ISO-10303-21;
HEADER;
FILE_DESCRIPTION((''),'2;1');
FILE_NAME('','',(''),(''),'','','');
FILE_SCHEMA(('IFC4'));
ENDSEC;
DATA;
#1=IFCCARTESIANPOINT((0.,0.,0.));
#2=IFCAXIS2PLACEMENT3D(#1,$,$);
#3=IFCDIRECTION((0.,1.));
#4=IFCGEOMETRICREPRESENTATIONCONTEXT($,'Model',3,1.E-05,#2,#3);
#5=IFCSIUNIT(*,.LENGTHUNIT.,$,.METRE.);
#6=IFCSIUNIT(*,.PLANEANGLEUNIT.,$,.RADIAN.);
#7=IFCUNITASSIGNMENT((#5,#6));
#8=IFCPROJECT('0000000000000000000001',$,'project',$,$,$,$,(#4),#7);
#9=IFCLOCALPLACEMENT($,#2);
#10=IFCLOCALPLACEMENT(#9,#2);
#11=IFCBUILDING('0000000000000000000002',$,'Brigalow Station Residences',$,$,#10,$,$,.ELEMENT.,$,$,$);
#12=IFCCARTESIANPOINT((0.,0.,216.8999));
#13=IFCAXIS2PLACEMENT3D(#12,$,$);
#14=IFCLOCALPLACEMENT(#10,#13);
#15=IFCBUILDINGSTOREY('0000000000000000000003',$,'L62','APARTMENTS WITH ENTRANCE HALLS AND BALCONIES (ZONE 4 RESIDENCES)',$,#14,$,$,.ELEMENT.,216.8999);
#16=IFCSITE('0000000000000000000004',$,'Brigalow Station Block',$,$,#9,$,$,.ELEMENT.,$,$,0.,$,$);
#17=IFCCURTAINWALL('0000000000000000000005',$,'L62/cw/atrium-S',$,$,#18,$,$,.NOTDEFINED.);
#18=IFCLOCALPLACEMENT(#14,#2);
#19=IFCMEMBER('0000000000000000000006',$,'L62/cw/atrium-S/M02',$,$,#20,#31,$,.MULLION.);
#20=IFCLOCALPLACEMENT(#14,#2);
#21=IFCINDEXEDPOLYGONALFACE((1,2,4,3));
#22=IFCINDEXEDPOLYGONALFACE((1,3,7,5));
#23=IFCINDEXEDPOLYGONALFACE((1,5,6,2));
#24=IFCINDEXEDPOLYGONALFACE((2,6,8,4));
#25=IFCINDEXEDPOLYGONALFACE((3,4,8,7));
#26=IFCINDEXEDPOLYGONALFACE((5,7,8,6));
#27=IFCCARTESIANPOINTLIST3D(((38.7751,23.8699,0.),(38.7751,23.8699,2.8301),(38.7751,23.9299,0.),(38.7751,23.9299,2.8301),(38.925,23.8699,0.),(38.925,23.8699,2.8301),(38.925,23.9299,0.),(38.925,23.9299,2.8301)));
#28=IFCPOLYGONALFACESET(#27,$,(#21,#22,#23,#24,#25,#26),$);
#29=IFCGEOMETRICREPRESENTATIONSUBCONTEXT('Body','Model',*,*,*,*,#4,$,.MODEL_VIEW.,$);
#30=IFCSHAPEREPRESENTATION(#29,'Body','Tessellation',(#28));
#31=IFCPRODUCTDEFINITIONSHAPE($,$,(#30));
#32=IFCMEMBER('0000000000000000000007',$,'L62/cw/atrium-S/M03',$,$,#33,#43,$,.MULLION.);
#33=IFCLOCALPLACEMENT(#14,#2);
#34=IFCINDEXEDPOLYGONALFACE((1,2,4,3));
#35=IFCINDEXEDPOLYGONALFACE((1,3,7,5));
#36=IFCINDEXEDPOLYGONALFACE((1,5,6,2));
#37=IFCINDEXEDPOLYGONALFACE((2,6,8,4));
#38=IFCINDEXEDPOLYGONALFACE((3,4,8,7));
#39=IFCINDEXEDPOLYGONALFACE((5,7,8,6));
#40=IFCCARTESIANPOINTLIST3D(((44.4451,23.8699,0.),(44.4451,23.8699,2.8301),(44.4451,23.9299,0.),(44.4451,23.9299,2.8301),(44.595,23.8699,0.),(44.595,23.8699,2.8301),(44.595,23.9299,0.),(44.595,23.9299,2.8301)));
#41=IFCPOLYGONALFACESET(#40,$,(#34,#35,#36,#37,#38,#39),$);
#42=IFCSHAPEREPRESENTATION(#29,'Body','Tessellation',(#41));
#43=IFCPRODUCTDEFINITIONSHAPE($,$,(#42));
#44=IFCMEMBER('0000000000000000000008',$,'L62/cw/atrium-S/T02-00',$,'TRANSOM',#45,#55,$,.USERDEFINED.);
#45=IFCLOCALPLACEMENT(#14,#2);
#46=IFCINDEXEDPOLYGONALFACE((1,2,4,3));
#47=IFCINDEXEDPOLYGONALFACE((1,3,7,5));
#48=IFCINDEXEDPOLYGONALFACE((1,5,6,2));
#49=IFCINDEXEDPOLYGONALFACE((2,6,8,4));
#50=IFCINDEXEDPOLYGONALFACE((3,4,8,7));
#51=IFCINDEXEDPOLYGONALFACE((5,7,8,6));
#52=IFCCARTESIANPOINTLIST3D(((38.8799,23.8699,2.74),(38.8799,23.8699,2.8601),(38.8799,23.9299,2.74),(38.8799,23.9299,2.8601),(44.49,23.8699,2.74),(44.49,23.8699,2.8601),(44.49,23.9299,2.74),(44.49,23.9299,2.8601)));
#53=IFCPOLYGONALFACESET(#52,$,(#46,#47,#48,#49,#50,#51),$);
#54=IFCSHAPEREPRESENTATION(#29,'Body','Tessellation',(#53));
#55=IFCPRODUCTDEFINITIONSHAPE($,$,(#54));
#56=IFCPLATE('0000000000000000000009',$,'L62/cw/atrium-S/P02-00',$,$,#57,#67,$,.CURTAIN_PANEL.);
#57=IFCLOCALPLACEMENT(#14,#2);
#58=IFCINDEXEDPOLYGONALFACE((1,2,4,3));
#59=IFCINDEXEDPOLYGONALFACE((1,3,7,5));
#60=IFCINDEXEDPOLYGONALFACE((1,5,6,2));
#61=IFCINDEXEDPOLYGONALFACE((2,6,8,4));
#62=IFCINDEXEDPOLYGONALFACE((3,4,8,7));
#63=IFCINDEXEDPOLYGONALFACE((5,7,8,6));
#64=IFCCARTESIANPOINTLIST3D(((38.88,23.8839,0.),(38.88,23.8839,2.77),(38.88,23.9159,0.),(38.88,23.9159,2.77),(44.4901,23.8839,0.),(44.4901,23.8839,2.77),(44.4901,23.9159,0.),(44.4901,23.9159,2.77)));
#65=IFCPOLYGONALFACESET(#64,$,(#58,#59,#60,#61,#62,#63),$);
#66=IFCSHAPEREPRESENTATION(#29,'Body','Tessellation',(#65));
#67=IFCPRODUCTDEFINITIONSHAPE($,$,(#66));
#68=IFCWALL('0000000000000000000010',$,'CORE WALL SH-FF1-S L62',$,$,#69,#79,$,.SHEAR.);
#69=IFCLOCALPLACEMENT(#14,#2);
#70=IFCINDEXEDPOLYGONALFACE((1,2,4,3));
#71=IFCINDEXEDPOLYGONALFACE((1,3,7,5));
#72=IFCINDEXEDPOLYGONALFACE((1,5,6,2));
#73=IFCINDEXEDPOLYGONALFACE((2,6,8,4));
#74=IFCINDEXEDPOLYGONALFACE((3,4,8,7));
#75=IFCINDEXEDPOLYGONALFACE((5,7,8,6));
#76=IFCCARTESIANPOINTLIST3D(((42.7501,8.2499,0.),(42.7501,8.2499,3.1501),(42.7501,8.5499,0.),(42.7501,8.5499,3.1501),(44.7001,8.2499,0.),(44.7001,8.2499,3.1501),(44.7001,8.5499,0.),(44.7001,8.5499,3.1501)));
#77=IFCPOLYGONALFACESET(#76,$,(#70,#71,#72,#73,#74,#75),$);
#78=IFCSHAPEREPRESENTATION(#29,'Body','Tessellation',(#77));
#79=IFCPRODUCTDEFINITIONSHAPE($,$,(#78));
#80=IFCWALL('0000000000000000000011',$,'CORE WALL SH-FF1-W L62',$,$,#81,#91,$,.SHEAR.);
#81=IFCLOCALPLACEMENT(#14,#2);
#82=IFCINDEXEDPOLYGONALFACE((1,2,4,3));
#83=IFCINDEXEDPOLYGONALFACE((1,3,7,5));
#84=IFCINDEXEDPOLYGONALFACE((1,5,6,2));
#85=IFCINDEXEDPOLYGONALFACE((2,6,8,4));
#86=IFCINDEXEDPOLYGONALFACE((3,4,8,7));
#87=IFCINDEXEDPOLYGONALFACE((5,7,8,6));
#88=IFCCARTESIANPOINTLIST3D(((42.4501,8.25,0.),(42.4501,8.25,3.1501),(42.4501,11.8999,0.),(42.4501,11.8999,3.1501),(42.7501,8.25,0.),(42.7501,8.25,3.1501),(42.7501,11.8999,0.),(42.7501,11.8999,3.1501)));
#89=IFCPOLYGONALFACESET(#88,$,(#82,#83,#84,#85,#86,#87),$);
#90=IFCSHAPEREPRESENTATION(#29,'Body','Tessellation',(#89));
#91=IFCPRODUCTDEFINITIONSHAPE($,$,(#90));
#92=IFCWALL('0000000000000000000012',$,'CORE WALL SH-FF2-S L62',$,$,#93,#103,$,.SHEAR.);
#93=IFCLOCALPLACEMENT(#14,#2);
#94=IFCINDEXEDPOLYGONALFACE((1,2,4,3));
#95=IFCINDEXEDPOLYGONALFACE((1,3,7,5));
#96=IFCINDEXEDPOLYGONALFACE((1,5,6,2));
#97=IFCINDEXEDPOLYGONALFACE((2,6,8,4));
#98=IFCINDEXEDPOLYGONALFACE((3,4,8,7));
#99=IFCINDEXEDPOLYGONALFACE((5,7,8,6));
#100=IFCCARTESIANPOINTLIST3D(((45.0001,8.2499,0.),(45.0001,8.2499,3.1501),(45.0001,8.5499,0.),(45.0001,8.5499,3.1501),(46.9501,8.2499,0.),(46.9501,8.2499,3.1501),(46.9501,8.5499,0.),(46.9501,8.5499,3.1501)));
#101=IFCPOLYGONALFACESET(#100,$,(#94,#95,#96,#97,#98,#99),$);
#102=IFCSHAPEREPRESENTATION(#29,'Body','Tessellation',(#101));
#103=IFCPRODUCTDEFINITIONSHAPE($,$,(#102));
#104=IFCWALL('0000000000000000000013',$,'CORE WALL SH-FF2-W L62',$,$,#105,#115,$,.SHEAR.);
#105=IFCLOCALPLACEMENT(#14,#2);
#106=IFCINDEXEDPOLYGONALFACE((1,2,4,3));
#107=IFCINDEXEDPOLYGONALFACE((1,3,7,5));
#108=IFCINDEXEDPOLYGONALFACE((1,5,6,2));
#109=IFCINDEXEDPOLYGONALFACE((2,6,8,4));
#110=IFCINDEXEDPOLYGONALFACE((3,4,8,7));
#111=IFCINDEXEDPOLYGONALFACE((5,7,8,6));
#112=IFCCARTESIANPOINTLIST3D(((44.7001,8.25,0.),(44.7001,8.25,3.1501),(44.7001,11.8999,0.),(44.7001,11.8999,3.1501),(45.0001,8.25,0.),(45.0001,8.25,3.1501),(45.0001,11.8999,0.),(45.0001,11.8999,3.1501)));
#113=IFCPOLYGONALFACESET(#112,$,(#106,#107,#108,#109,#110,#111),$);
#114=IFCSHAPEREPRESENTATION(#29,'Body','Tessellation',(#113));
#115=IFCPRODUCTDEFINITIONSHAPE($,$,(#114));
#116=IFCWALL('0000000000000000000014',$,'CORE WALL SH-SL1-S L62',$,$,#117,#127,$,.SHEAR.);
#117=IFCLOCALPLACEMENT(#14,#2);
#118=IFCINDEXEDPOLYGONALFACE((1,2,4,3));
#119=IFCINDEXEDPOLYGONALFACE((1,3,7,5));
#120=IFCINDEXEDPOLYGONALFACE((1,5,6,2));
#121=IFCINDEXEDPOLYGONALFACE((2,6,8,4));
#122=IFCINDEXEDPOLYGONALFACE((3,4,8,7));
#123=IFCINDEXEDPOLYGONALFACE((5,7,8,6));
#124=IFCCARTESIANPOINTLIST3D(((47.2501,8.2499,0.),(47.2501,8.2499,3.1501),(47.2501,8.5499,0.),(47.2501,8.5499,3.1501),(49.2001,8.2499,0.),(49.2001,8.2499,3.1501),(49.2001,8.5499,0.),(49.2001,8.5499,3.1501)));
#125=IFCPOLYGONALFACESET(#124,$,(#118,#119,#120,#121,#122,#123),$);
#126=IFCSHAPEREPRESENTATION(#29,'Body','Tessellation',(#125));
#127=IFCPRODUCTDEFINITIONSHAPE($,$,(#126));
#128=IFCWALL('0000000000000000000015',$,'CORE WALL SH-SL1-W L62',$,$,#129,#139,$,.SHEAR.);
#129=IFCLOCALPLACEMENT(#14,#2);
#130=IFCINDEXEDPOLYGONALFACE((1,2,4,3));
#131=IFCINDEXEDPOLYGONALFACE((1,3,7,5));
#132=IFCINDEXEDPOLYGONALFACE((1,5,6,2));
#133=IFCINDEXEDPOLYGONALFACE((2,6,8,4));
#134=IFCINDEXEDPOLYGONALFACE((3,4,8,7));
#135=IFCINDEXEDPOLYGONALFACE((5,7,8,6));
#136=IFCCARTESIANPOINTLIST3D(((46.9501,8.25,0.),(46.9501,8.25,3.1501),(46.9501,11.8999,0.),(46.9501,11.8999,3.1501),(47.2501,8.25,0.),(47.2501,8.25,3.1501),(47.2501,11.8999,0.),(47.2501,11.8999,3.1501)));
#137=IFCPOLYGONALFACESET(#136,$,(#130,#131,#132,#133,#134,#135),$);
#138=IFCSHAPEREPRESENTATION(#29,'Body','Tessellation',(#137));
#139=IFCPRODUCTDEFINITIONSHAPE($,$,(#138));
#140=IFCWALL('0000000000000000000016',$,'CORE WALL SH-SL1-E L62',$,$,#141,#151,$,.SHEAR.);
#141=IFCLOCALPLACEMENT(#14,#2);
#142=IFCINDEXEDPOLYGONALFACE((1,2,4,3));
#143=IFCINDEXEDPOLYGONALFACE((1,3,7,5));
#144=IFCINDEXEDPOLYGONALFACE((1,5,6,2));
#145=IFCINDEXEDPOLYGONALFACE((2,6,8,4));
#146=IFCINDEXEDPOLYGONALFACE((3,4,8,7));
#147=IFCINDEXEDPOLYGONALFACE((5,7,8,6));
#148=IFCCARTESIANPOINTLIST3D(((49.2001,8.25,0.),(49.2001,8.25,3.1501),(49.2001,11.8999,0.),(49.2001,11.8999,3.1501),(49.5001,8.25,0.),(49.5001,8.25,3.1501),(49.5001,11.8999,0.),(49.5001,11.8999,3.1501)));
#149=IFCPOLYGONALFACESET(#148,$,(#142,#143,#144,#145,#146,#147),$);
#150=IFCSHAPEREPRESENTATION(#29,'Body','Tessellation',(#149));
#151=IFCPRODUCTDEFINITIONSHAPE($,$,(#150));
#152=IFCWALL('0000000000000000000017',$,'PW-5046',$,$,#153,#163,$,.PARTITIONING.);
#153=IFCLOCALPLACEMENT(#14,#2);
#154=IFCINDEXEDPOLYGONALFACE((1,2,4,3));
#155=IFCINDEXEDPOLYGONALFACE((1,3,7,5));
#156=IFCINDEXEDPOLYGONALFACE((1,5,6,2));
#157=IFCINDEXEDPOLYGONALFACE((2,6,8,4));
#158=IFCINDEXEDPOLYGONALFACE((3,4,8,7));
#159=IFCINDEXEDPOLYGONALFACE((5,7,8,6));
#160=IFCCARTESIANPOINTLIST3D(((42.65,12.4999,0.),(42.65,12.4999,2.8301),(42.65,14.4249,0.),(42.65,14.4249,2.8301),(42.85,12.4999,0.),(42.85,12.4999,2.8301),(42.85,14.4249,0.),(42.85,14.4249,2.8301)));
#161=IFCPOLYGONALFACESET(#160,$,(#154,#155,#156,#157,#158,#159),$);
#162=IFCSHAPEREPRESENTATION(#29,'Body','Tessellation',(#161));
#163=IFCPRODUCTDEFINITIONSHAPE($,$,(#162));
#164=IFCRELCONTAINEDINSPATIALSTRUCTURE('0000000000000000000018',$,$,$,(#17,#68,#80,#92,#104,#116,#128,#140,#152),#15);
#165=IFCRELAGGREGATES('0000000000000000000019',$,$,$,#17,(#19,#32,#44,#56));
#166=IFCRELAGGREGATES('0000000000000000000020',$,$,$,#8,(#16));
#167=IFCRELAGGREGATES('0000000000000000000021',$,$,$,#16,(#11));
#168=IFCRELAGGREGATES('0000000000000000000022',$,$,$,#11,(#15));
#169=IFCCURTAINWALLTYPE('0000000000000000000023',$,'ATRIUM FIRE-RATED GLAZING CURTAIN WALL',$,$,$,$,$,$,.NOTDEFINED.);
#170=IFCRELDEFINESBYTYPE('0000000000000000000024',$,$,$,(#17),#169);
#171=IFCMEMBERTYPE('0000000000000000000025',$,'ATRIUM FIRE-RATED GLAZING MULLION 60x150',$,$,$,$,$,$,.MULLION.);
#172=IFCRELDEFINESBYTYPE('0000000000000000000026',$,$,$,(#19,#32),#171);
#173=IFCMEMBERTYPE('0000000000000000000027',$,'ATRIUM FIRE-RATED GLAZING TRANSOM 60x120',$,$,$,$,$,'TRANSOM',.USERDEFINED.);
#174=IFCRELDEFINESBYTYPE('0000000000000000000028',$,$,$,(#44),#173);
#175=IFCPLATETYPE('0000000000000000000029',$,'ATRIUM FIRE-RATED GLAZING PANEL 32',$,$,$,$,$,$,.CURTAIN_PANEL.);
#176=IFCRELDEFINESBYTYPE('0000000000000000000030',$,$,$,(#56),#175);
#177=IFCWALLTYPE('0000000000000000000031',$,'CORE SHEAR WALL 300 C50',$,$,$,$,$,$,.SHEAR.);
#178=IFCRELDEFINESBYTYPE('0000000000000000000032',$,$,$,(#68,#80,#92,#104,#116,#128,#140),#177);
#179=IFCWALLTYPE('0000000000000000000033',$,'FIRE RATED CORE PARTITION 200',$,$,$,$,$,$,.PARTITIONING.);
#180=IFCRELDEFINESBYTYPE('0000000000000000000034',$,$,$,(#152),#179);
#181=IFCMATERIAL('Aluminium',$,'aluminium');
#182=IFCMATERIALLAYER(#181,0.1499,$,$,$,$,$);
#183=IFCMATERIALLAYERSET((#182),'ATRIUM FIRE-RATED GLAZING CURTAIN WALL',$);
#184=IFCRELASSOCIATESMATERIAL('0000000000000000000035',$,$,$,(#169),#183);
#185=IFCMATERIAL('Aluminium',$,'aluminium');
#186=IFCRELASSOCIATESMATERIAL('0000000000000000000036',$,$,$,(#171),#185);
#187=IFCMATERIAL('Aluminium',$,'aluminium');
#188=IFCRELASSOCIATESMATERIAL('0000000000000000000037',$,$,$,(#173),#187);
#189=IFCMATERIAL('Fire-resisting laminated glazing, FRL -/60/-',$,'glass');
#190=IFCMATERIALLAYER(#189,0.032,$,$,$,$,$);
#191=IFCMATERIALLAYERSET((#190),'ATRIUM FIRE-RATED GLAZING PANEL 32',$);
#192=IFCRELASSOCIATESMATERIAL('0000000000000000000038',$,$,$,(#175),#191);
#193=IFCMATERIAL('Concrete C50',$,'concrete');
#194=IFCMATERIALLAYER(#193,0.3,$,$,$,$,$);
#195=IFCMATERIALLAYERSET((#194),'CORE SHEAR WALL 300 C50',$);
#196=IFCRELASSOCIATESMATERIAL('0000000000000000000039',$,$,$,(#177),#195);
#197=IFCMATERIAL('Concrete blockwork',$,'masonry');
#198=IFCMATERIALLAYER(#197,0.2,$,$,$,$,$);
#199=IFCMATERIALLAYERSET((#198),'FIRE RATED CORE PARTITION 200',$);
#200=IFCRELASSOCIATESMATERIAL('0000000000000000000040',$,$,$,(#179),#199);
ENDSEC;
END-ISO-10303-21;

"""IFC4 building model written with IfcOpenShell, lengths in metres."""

from ifc_helpers import new_model, si_unit, direction, frame, frame_2d, origin, origin_2d, place, context, subcontext, project, spatial, rectangle, extrude, material, layer, layer_set, material_profile, profile_set, type_object, element, aggregate, save


model = new_model("IFC4")

# Units and contexts
model_context = context("Model", 3, precision=1e-05, world=origin(), true_north=direction((0.0, 1.0)))
body_context = subcontext(model_context, "Body", "Model", "MODEL_VIEW")
ifc_project = project(units=[si_unit("LENGTHUNIT", "METRE"), si_unit("PLANEANGLEUNIT", "RADIAN")], contexts=[model_context])

# Site, building, storey
site_placement = place(None, origin())
site = spatial("IfcSite", under=ifc_project, at=site_placement, Name="Brigalow Station Block", CompositionType="ELEMENT", RefElevation=0.0)
building_placement = place(site_placement, origin())
building = spatial("IfcBuilding", under=site, at=building_placement, Name="Brigalow Station Residences", CompositionType="ELEMENT")
storey_placement = place(building_placement, frame((0.0, 0.0, 216.8999)))
storey = spatial("IfcBuildingStorey", under=building, at=storey_placement, Name="L62", Description="APARTMENTS WITH ENTRANCE HALLS AND BALCONIES (ZONE 4 RESIDENCES)", CompositionType="ELEMENT", Elevation=216.8999)

# Curtain wall, members, plate
ifc_material_1 = material(Name="Aluminium", Category="aluminium")
ifc_layer_1 = layer(ifc_material_1, 0.1499)
ifc_layer_set_1 = layer_set([ifc_layer_1], Name="ATRIUM FIRE-RATED GLAZING CURTAIN WALL")
curtain_wall_type = type_object("IfcCurtainWallType", Name="ATRIUM FIRE-RATED GLAZING CURTAIN WALL", PredefinedType="NOTDEFINED", material=ifc_layer_set_1)
curtain_wall_placement = place(storey_placement, origin())
curtain_wall = element("IfcCurtainWall", 1, at=curtain_wall_placement, inside=storey, type_object=curtain_wall_type, Name="L62/cw/atrium-S", PredefinedType="NOTDEFINED")
ifc_material_2 = material(Name="Aluminium", Category="aluminium")
ifc_material_profile_1 = material_profile(ifc_material_2, rectangle(XDim=0.0601, YDim=0.1499, at=origin_2d()), Name="ATRIUM FIRE-RATED GLAZING MULLION 60x150")
ifc_profile_set_1 = profile_set([ifc_material_profile_1], Name="Aluminium")
member_type_1 = type_object("IfcMemberType", Name="ATRIUM FIRE-RATED GLAZING MULLION 60x150", PredefinedType="MULLION", material=ifc_profile_set_1)
member_1_placement = place(storey_placement, frame((38.8501, 23.8999, 0.0), z_axis=(0.0, 0.0, 1.0), x_axis=(0.0, 1.0, 0.0)))
member_1 = element("IfcMember", 2, at=member_1_placement, type_object=member_type_1, Name="L62/cw/atrium-S/M02", PredefinedType="MULLION", context=body_context, shape_type="SweptSolid", body=[
    extrude(rectangle(XDim=0.0601, YDim=0.1499, at=origin_2d()), origin(), (0.0, 0.0, 1.0), 2.8301),
])
member_2_placement = place(storey_placement, frame((44.52, 23.8999, 0.0), z_axis=(0.0, 0.0, 1.0), x_axis=(0.0, 1.0, 0.0)))
member_2 = element("IfcMember", 3, at=member_2_placement, type_object=member_type_1, Name="L62/cw/atrium-S/M03", PredefinedType="MULLION", context=body_context, shape_type="SweptSolid", body=[
    extrude(rectangle(XDim=0.0601, YDim=0.1499, at=origin_2d()), origin(), (0.0, 0.0, 1.0), 2.8301),
])
ifc_material_3 = material(Name="Aluminium", Category="aluminium")
ifc_material_profile_2 = material_profile(ifc_material_3, rectangle(XDim=0.0601, YDim=0.1201, at=origin_2d()), Name="ATRIUM FIRE-RATED GLAZING TRANSOM 60x120")
ifc_profile_set_2 = profile_set([ifc_material_profile_2], Name="Aluminium")
member_type_2 = type_object("IfcMemberType", Name="ATRIUM FIRE-RATED GLAZING TRANSOM 60x120", ElementType="TRANSOM", PredefinedType="USERDEFINED", material=ifc_profile_set_2)
member_3_placement = place(storey_placement, frame((38.8799, 23.8999, 2.8), z_axis=(1.0, 0.0, 0.0), x_axis=(0.0, 1.0, 0.0)))
member_3 = element("IfcMember", 4, at=member_3_placement, type_object=member_type_2, Name="L62/cw/atrium-S/T02-00", ObjectType="TRANSOM", PredefinedType="USERDEFINED", context=body_context, shape_type="SweptSolid", body=[
    extrude(rectangle(XDim=0.0601, YDim=0.1201, at=origin_2d()), origin(), (0.0, 0.0, 1.0), 5.6101),
])
ifc_material_4 = material(Name="Fire-resisting laminated glazing, FRL -/60/-", Category="glass")
ifc_layer_2 = layer(ifc_material_4, 0.032)
ifc_layer_set_2 = layer_set([ifc_layer_2], Name="ATRIUM FIRE-RATED GLAZING PANEL 32")
plate_type = type_object("IfcPlateType", Name="ATRIUM FIRE-RATED GLAZING PANEL 32", PredefinedType="CURTAIN_PANEL", material=ifc_layer_set_2)
plate_placement = place(storey_placement, frame((41.6851, 23.8999, 0.0), z_axis=(0.0, 0.0, 1.0), x_axis=(1.0, 0.0, 0.0)))
plate = element("IfcPlate", 5, at=plate_placement, type_object=plate_type, Name="L62/cw/atrium-S/P02-00", PredefinedType="CURTAIN_PANEL", context=body_context, shape_type="SweptSolid", body=[
    extrude(rectangle(XDim=5.6101, YDim=0.032, at=origin_2d()), origin(), (0.0, 0.0, 1.0), 2.77),
])
aggregate(curtain_wall, [member_1, member_2, member_3, plate])

# Walls
ifc_material_5 = material(Name="Concrete C50", Category="concrete")
ifc_layer_3 = layer(ifc_material_5, 0.3)
ifc_layer_set_3 = layer_set([ifc_layer_3], Name="CORE SHEAR WALL 300 C50")
wall_type_1 = type_object("IfcWallType", Name="CORE SHEAR WALL 300 C50", PredefinedType="SHEAR", material=ifc_layer_set_3)
wall_1_placement = place(storey_placement, frame((42.75, 8.3999, 0.0), z_axis=(0.0, 0.0, 1.0), x_axis=(1.0, 0.0, 0.0)))
element("IfcWall", 6, at=wall_1_placement, inside=storey, type_object=wall_type_1, Name="CORE WALL SH-FF1-S L62", PredefinedType="SHEAR", context=body_context, shape_type="SweptSolid", body=[
    extrude(rectangle(XDim=1.95, YDim=0.3, at=frame_2d((0.9751, 0.0))), origin(), (0.0, 0.0, 1.0), 3.1501),
])
wall_2_placement = place(storey_placement, frame((42.6001, 8.25, 0.0), z_axis=(0.0, 0.0, 1.0), x_axis=(0.0, 1.0, 0.0)))
element("IfcWall", 7, at=wall_2_placement, inside=storey, type_object=wall_type_1, Name="CORE WALL SH-FF1-W L62", PredefinedType="SHEAR", context=body_context, shape_type="SweptSolid", body=[
    extrude(rectangle(XDim=3.6499, YDim=0.3, at=frame_2d((1.825, 0.0))), origin(), (0.0, 0.0, 1.0), 3.1501),
])
wall_3_placement = place(storey_placement, frame((45.0, 8.3999, 0.0), z_axis=(0.0, 0.0, 1.0), x_axis=(1.0, 0.0, 0.0)))
element("IfcWall", 8, at=wall_3_placement, inside=storey, type_object=wall_type_1, Name="CORE WALL SH-FF2-S L62", PredefinedType="SHEAR", context=body_context, shape_type="SweptSolid", body=[
    extrude(rectangle(XDim=1.95, YDim=0.3, at=frame_2d((0.9751, 0.0))), origin(), (0.0, 0.0, 1.0), 3.1501),
])
wall_4_placement = place(storey_placement, frame((44.8501, 8.25, 0.0), z_axis=(0.0, 0.0, 1.0), x_axis=(0.0, 1.0, 0.0)))
element("IfcWall", 9, at=wall_4_placement, inside=storey, type_object=wall_type_1, Name="CORE WALL SH-FF2-W L62", PredefinedType="SHEAR", context=body_context, shape_type="SweptSolid", body=[
    extrude(rectangle(XDim=3.6499, YDim=0.3, at=frame_2d((1.825, 0.0))), origin(), (0.0, 0.0, 1.0), 3.1501),
])
wall_5_placement = place(storey_placement, frame((47.25, 8.3999, 0.0), z_axis=(0.0, 0.0, 1.0), x_axis=(1.0, 0.0, 0.0)))
element("IfcWall", 10, at=wall_5_placement, inside=storey, type_object=wall_type_1, Name="CORE WALL SH-SL1-S L62", PredefinedType="SHEAR", context=body_context, shape_type="SweptSolid", body=[
    extrude(rectangle(XDim=1.95, YDim=0.3, at=frame_2d((0.9751, 0.0))), origin(), (0.0, 0.0, 1.0), 3.1501),
])
for number, where, z_axis, x_axis, name in (
    (11, (47.1001, 8.25, 0.0), (0.0, 0.0, 1.0), (0.0, 1.0, 0.0), "CORE WALL SH-SL1-W L62"),
    (12, (49.3501, 8.25, 0.0), (0.0, 0.0, 1.0), (0.0, 1.0, 0.0), "CORE WALL SH-SL1-E L62"),
):
    element("IfcWall", number, at=place(storey_placement, frame(where, z_axis=z_axis, x_axis=x_axis)), inside=storey, type_object=wall_type_1, Name=name, PredefinedType="SHEAR", context=body_context, shape_type="SweptSolid", body=[
        extrude(rectangle(XDim=3.6499, YDim=0.3, at=frame_2d((1.825, 0.0))), origin(), (0.0, 0.0, 1.0), 3.1501),
    ])
ifc_material_6 = material(Name="Concrete blockwork", Category="masonry")
ifc_layer_4 = layer(ifc_material_6, 0.2)
ifc_layer_set_4 = layer_set([ifc_layer_4], Name="FIRE RATED CORE PARTITION 200")
wall_type_2 = type_object("IfcWallType", Name="FIRE RATED CORE PARTITION 200", PredefinedType="PARTITIONING", material=ifc_layer_set_4)
wall_6_placement = place(storey_placement, frame((42.75, 12.5, 0.0), z_axis=(0.0, 0.0, 1.0), x_axis=(0.0, 1.0, 0.0)))
element("IfcWall", 13, at=wall_6_placement, inside=storey, type_object=wall_type_2, Name="PW-5046", PredefinedType="PARTITIONING", context=body_context, shape_type="SweptSolid", body=[
    extrude(rectangle(XDim=1.925, YDim=0.2, at=frame_2d((0.9624, 0.0))), origin(), (0.0, 0.0, 1.0), 2.8301),
])

save(model, "model.ifc")
